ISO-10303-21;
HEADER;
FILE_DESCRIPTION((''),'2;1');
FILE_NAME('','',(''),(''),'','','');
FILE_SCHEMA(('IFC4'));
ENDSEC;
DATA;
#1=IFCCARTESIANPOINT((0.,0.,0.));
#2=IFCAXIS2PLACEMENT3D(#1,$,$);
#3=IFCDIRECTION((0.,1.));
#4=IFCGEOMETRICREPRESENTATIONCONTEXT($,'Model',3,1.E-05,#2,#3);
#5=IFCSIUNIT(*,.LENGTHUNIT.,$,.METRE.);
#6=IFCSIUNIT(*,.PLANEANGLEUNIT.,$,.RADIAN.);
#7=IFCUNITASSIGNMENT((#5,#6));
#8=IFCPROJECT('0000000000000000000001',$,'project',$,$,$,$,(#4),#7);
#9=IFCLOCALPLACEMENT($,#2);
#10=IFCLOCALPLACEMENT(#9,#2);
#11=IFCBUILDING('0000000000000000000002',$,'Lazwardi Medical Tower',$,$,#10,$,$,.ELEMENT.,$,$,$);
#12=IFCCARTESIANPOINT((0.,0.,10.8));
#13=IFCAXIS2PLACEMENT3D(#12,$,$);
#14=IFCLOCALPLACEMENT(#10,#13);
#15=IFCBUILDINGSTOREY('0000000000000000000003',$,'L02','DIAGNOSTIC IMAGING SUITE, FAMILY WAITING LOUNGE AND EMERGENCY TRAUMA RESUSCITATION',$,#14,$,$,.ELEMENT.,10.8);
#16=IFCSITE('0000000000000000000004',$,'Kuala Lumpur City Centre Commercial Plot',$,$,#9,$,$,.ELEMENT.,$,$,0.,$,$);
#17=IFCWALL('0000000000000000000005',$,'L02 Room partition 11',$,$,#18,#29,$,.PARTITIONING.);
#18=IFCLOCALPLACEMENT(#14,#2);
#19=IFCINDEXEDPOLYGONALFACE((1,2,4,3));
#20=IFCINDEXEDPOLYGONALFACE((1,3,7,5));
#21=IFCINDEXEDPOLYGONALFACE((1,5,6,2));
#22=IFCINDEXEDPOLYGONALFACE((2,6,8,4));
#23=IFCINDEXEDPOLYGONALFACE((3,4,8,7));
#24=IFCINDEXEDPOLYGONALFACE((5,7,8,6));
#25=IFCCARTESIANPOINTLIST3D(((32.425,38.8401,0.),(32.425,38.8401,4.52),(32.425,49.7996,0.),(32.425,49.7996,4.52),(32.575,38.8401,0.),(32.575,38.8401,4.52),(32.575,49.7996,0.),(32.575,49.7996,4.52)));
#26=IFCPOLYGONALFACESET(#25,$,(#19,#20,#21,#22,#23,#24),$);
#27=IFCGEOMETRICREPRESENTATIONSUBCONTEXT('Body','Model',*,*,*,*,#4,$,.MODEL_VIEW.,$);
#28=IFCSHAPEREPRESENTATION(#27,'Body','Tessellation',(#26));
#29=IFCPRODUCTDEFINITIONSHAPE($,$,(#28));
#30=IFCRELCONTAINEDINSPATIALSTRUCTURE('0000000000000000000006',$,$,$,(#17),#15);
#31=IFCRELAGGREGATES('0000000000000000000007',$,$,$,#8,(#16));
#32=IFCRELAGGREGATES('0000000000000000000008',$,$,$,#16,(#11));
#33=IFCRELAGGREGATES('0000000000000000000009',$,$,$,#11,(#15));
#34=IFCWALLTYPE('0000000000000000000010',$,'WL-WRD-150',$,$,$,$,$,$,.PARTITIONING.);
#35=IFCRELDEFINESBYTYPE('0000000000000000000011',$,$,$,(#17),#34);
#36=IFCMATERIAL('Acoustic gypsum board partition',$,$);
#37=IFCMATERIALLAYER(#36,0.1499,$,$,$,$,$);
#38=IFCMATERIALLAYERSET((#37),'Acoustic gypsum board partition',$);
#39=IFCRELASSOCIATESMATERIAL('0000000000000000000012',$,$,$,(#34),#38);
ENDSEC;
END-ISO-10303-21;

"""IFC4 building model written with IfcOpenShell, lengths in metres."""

from ifc_helpers import new_model, si_unit, direction, frame, frame_2d, origin, place, context, subcontext, project, spatial, rectangle, extrude, material, layer, layer_set, type_object, element, save


model = new_model("IFC4")

# Units and contexts
model_context = context("Model", 3, precision=1e-05, world=origin(), true_north=direction((0.0, 1.0)))
body_context = subcontext(model_context, "Body", "Model", "MODEL_VIEW")
ifc_project = project(units=[si_unit("LENGTHUNIT", "METRE"), si_unit("PLANEANGLEUNIT", "RADIAN")], contexts=[model_context])

# Site, building, storey
site_placement = place(None, origin())
site = spatial("IfcSite", under=ifc_project, at=site_placement, Name="Kuala Lumpur City Centre Commercial Plot", CompositionType="ELEMENT", RefElevation=0.0)
building_placement = place(site_placement, origin())
building = spatial("IfcBuilding", under=site, at=building_placement, Name="Lazwardi Medical Tower", CompositionType="ELEMENT")
storey_placement = place(building_placement, frame((0.0, 0.0, 10.8)))
storey = spatial("IfcBuildingStorey", under=building, at=storey_placement, Name="L02", Description="DIAGNOSTIC IMAGING SUITE, FAMILY WAITING LOUNGE AND EMERGENCY TRAUMA RESUSCITATION", CompositionType="ELEMENT", Elevation=10.8)

# Wall
ifc_material_1 = material(Name="Acoustic gypsum board partition")
ifc_layer_1 = layer(ifc_material_1, 0.1499)
ifc_layer_set_1 = layer_set([ifc_layer_1], Name="Acoustic gypsum board partition")
wall_type_1 = type_object("IfcWallType", Name="WL-WRD-150", PredefinedType="PARTITIONING", material=ifc_layer_set_1)
wall_1_placement = place(storey_placement, frame((32.5, 38.8401, 0.0), z_axis=(0.0, 0.0, 1.0), x_axis=(0.0, 1.0, 0.0)))
element("IfcWall", 1, at=wall_1_placement, inside=storey, type_object=wall_type_1, Name="L02 Room partition 11", PredefinedType="PARTITIONING", context=body_context, shape_type="SweptSolid", body=[
    extrude(rectangle(XDim=10.9595, YDim=0.1499, at=frame_2d((5.4797, 0.0))), origin(), (0.0, 0.0, 1.0), 4.52),
])

save(model, "model.ifc")
